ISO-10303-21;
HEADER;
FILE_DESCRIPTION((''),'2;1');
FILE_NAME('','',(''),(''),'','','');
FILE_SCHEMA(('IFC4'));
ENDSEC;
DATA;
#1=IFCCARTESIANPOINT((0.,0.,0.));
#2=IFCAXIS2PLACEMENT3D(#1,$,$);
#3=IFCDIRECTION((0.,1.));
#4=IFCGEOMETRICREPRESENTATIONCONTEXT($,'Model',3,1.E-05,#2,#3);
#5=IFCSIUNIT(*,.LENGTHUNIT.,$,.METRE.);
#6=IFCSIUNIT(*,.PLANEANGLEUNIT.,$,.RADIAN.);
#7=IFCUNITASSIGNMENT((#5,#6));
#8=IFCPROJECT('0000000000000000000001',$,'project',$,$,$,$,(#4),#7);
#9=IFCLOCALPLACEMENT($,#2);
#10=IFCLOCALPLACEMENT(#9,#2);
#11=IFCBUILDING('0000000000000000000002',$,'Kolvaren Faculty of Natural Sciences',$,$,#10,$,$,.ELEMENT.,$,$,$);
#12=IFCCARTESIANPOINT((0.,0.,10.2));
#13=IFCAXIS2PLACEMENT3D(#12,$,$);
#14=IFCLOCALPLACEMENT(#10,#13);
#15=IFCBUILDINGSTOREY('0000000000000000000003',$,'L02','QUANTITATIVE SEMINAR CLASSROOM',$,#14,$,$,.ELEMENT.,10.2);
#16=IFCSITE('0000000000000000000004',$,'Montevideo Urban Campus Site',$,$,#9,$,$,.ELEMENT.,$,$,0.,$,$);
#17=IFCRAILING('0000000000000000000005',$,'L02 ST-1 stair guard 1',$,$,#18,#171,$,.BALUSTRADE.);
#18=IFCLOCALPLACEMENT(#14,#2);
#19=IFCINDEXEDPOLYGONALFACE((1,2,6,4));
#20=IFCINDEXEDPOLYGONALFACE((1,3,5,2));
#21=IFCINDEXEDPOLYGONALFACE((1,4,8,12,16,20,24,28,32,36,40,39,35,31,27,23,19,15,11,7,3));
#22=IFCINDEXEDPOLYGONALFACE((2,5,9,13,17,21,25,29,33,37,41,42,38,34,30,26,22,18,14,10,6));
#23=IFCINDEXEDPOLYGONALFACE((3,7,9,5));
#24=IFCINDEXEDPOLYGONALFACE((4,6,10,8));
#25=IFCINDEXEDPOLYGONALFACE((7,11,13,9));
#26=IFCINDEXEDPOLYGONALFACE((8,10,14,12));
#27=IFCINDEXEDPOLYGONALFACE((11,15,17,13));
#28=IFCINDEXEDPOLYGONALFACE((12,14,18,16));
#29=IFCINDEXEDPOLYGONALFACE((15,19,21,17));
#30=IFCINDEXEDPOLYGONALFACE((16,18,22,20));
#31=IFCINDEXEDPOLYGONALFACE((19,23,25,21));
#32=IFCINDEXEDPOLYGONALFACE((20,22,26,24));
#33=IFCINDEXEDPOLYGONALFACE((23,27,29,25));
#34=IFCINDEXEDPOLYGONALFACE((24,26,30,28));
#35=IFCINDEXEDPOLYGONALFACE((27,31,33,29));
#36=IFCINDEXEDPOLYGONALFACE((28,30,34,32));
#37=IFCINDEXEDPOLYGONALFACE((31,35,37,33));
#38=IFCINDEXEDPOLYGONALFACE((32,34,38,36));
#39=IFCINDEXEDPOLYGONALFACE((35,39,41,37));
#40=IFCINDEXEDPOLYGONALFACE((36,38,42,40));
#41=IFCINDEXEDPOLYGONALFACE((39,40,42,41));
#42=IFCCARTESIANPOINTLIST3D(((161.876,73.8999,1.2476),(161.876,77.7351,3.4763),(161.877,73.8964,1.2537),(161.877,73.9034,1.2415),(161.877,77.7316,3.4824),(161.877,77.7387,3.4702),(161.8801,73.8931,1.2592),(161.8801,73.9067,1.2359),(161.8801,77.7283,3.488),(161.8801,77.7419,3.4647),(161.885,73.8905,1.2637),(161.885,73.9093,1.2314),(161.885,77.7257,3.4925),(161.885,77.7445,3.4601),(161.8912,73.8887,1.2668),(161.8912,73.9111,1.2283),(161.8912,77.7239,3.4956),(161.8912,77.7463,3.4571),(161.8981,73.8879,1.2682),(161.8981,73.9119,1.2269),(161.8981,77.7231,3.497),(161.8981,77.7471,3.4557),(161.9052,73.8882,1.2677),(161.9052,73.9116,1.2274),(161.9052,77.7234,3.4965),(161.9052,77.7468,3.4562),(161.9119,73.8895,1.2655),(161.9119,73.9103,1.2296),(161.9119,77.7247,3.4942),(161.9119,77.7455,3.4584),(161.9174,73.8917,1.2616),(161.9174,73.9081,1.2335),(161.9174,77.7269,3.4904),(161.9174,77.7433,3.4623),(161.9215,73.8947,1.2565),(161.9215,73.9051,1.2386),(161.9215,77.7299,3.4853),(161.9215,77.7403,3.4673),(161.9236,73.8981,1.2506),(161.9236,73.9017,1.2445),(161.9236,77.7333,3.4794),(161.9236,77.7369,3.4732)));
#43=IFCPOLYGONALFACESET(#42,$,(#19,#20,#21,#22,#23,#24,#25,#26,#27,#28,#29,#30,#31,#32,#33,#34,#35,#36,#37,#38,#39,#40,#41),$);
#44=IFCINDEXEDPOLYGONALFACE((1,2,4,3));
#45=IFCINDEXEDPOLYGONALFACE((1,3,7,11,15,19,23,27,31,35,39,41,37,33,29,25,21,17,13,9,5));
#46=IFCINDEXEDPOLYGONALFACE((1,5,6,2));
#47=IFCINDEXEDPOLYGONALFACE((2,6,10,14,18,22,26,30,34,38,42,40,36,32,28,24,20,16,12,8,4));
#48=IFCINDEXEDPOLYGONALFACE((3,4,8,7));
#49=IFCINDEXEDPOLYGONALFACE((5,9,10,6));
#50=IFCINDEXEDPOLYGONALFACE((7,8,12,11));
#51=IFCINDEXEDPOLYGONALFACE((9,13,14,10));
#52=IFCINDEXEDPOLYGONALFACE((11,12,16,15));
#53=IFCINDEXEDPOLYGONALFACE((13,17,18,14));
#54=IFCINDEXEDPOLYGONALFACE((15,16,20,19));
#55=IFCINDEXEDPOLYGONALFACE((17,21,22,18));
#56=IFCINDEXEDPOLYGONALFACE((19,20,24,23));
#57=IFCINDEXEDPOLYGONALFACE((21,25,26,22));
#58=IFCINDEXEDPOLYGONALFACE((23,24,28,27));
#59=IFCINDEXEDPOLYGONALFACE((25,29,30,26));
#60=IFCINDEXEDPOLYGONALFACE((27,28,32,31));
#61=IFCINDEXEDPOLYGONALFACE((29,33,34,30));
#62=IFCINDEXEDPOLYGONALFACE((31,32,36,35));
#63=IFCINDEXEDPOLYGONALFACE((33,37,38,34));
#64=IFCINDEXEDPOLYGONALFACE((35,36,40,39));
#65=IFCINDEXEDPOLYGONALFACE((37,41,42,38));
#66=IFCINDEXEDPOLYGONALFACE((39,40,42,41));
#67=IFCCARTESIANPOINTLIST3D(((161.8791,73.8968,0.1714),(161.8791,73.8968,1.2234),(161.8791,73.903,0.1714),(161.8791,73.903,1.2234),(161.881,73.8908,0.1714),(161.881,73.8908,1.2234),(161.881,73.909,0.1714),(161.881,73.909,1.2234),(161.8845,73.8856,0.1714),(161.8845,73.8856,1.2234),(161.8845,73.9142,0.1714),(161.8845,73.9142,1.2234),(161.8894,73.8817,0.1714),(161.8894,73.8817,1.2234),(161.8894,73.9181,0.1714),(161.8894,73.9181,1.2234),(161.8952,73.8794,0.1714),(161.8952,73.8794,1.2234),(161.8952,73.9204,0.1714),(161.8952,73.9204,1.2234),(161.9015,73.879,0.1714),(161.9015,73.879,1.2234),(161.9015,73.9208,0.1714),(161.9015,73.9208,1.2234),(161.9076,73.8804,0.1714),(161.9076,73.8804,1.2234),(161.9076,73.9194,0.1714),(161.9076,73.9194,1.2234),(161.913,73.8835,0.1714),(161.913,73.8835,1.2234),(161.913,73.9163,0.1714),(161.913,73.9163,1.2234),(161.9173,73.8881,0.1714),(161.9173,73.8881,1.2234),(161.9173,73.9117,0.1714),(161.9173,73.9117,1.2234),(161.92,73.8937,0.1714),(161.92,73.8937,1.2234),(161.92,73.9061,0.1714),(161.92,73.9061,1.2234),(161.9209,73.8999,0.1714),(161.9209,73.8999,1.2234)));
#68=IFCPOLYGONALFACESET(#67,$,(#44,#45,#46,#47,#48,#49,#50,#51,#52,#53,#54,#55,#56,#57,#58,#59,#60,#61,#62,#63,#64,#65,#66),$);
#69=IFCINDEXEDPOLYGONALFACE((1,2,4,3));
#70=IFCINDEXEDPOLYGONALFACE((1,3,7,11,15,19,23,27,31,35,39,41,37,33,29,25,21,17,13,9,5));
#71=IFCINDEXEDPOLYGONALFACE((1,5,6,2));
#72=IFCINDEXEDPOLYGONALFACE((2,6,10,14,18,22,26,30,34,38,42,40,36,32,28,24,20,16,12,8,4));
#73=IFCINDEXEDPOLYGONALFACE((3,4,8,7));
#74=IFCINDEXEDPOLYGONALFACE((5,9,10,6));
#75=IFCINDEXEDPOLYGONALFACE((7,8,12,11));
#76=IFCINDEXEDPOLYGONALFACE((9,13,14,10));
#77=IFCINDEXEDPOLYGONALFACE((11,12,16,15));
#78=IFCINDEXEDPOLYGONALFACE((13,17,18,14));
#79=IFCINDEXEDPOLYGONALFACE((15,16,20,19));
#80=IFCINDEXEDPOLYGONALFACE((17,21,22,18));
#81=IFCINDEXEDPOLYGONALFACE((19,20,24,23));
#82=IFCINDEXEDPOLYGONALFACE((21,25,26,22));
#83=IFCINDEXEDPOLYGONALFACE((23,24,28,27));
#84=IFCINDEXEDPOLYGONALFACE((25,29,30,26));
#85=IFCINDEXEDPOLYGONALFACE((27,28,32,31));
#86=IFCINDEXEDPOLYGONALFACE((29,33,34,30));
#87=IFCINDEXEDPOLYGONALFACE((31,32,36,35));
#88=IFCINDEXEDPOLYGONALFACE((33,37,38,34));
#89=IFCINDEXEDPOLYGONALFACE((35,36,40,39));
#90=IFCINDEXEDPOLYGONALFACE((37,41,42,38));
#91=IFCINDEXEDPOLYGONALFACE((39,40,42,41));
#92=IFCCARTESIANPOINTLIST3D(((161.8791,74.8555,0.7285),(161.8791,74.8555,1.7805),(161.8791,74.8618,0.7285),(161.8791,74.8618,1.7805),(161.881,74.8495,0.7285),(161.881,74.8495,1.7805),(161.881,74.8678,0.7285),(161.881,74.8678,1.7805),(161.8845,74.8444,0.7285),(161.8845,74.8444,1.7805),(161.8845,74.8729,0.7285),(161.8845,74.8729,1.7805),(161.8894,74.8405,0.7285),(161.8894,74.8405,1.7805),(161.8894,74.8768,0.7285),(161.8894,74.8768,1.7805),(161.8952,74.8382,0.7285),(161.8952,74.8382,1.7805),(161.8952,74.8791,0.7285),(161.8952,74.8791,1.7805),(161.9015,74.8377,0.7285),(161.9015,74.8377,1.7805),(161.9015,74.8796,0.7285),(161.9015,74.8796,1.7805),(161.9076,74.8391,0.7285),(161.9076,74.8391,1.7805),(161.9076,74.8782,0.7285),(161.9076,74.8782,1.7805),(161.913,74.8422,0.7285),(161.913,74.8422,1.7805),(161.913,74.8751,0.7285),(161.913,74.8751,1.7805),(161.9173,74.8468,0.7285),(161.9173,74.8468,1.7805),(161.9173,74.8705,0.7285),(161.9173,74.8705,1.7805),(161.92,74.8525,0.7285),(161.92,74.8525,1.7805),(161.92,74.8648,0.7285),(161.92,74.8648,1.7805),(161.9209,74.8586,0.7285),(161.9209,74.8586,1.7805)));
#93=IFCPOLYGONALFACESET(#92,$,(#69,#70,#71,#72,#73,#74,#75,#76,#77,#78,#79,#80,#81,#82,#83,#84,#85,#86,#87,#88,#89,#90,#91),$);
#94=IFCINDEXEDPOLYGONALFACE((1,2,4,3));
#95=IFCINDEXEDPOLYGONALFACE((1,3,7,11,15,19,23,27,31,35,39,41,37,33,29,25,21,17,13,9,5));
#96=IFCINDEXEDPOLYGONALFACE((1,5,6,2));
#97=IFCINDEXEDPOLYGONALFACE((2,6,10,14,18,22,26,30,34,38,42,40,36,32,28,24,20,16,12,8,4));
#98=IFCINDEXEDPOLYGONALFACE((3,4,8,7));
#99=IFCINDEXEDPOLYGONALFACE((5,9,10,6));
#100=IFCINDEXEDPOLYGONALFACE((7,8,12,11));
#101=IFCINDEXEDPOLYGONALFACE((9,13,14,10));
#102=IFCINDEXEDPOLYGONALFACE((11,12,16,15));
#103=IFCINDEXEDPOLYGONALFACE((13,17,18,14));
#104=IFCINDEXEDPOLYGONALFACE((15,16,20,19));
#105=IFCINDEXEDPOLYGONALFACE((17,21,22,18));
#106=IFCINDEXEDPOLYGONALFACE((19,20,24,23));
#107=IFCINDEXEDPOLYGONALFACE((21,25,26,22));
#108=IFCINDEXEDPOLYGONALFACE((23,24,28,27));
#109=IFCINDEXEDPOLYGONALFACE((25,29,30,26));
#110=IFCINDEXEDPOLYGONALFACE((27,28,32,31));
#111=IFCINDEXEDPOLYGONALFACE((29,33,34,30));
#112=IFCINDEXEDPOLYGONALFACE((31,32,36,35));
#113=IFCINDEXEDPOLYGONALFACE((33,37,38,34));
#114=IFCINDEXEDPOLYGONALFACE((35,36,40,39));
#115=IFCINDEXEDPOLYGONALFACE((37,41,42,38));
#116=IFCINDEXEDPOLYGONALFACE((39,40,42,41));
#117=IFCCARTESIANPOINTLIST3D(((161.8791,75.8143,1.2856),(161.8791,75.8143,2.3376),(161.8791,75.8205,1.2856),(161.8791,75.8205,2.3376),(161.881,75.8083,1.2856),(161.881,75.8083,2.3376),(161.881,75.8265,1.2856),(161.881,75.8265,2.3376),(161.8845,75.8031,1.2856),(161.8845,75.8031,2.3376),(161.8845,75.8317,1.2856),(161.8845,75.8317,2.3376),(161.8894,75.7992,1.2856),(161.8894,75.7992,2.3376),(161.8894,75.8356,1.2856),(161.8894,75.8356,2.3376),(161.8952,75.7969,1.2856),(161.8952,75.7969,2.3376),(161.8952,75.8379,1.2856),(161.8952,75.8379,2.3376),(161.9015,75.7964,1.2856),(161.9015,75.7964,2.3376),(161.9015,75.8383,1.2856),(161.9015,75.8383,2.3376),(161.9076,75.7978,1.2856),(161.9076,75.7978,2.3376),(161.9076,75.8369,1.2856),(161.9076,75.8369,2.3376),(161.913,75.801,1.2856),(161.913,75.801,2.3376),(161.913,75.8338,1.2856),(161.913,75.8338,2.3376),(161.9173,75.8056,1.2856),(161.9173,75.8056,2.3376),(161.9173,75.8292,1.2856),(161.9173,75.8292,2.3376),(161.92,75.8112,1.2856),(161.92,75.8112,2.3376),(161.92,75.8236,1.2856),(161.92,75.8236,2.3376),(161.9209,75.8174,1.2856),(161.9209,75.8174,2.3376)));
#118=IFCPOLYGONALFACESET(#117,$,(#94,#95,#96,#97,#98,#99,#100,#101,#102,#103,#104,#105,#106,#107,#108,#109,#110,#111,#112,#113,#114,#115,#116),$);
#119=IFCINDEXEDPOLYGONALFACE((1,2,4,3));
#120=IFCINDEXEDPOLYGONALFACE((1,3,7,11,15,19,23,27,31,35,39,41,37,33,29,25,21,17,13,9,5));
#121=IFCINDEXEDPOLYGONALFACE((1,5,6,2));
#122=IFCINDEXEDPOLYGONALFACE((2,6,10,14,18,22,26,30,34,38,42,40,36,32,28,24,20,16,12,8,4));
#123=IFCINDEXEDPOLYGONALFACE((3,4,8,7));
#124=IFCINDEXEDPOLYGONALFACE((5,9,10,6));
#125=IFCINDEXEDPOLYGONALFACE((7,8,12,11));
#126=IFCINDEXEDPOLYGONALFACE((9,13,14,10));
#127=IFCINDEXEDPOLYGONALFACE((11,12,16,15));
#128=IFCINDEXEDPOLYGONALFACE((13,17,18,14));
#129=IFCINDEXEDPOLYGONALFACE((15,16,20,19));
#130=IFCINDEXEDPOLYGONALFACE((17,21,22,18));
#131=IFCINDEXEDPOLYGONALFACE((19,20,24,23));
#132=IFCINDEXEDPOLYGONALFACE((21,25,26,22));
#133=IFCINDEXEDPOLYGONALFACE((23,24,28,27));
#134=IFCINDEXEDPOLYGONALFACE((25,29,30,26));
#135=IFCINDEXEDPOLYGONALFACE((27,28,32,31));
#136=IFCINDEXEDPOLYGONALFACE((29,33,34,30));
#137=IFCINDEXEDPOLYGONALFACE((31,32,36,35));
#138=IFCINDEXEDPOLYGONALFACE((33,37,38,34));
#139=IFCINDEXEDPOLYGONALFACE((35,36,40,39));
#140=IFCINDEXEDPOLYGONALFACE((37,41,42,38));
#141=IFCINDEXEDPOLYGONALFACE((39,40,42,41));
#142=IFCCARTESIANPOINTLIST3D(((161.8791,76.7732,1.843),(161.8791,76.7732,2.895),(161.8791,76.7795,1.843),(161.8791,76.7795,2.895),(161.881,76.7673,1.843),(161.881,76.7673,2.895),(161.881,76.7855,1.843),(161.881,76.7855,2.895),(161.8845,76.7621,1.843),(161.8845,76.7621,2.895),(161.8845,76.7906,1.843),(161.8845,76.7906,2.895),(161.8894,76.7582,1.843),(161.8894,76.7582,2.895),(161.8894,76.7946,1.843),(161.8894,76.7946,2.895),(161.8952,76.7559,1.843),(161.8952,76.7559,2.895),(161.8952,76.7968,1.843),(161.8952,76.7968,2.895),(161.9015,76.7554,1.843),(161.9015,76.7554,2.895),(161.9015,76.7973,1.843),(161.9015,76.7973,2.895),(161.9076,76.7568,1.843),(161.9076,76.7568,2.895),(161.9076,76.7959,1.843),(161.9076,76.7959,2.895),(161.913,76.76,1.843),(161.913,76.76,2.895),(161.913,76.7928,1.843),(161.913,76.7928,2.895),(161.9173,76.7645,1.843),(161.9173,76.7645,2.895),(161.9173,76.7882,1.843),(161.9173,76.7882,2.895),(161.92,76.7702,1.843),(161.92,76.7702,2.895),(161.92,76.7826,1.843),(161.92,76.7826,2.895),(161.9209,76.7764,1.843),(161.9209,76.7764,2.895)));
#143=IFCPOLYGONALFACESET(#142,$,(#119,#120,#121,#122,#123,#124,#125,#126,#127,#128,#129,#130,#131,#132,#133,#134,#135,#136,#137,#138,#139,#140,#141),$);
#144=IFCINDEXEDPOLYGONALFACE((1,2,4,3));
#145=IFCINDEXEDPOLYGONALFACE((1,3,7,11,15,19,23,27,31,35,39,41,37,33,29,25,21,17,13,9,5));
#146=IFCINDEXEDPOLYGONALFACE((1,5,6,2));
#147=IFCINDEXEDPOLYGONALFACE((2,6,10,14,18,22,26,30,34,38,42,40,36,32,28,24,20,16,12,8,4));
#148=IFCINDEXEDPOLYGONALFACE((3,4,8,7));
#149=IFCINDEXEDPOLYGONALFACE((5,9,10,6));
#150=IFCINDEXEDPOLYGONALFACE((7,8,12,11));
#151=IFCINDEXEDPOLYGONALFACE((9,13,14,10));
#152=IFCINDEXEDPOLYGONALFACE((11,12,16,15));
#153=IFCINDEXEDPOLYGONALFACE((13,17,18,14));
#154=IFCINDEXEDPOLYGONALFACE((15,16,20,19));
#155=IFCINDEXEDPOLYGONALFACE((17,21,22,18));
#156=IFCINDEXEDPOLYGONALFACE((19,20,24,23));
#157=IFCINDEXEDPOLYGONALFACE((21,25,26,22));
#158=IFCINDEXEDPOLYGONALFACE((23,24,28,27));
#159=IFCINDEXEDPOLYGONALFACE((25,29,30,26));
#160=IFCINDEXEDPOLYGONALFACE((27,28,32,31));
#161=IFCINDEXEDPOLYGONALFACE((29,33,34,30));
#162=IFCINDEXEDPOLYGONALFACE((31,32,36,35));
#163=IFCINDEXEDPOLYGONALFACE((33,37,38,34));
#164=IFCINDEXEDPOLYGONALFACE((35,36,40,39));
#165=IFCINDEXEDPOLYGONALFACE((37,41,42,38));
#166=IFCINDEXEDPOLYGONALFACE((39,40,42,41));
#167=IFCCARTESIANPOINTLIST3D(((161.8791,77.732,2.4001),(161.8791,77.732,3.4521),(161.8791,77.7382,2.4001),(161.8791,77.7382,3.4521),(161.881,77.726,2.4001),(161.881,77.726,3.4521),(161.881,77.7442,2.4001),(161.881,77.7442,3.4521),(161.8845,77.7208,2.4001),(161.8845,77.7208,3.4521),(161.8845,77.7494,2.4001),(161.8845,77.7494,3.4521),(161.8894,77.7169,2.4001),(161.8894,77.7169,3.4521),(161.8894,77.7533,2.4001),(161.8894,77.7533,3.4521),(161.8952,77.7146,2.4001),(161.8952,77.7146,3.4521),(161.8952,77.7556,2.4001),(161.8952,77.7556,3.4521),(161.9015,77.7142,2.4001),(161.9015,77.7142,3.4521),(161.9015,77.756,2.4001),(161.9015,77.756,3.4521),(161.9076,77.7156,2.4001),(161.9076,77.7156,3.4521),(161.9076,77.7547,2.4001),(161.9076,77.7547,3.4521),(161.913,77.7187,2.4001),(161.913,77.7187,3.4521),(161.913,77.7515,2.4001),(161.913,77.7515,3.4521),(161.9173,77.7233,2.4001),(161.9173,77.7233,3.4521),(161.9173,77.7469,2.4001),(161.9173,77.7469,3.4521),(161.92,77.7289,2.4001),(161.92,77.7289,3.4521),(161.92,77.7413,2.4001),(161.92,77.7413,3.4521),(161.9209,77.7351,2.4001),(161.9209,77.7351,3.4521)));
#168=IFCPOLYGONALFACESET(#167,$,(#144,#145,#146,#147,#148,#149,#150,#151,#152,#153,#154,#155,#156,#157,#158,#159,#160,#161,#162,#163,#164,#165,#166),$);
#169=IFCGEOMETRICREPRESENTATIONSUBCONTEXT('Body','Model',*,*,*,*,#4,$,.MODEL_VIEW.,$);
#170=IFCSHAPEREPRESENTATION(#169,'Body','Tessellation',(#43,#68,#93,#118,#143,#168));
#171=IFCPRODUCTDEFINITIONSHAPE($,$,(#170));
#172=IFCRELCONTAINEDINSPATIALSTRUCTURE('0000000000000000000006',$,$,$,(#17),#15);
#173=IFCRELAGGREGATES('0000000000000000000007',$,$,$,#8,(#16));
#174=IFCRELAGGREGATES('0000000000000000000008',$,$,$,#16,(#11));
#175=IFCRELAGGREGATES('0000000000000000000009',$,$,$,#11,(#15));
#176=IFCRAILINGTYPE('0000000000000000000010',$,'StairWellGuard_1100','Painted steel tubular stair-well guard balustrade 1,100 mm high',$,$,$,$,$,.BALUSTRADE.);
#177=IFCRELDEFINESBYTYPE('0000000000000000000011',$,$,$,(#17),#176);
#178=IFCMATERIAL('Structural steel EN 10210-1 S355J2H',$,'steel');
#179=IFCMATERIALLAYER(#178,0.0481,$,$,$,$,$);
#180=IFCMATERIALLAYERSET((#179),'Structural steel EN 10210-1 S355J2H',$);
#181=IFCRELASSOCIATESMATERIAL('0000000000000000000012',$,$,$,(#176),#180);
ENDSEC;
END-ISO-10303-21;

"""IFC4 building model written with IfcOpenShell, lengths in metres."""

from ifc_helpers import new_model, si_unit, direction, frame, origin, origin_2d, place, context, subcontext, project, spatial, circle, extrude, material, layer, layer_set, type_object, element, save


model = new_model("IFC4")

# Units and contexts
model_context = context("Model", 3, precision=1e-05, world=origin(), true_north=direction((0.0, 1.0)))
body_context = subcontext(model_context, "Body", "Model", "MODEL_VIEW")
ifc_project = project(units=[si_unit("LENGTHUNIT", "METRE"), si_unit("PLANEANGLEUNIT", "RADIAN")], contexts=[model_context])

# Site, building, storey
site_placement = place(None, origin())
site = spatial("IfcSite", under=ifc_project, at=site_placement, Name="Montevideo Urban Campus Site", CompositionType="ELEMENT", RefElevation=0.0)
building_placement = place(site_placement, origin())
building = spatial("IfcBuilding", under=site, at=building_placement, Name="Kolvaren Faculty of Natural Sciences", CompositionType="ELEMENT")
storey_placement = place(building_placement, frame((0.0, 0.0, 10.2)))
storey = spatial("IfcBuildingStorey", under=building, at=storey_placement, Name="L02", Description="QUANTITATIVE SEMINAR CLASSROOM", CompositionType="ELEMENT", Elevation=10.2)

# Railing
ifc_material_1 = material(Name="Structural steel EN 10210-1 S355J2H", Category="steel")
ifc_layer_1 = layer(ifc_material_1, 0.0481)
ifc_layer_set_1 = layer_set([ifc_layer_1], Name="Structural steel EN 10210-1 S355J2H")
railing_type_1 = type_object("IfcRailingType", Name="StairWellGuard_1100", Description="Painted steel tubular stair-well guard balustrade 1,100 mm high", PredefinedType="BALUSTRADE", material=ifc_layer_set_1)
railing_1_placement = place(storey_placement, frame((161.8999, 73.8999, 0.1714)))
element("IfcRailing", 1, at=railing_1_placement, inside=storey, type_object=railing_type_1, Name="L02 ST-1 stair guard 1", PredefinedType="BALUSTRADE", context=body_context, shape_type="SweptSolid", body=[
    extrude(circle(Radius=0.0239, at=origin_2d()), frame((0.0, 0.0, 1.0762), z_axis=(0.0, 0.864606, 0.50245), x_axis=(-1.0, 0.0, 0.0)), (0.0, 0.0, 1.0), 4.4358),
    extrude(circle(Radius=0.021, at=origin_2d()), origin(), (0.0, 0.0, 1.0), 1.052),
    extrude(circle(Radius=0.021, at=origin_2d()), frame((0.0, 0.9587, 0.5571)), (0.0, 0.0, 1.0), 1.052),
    extrude(circle(Radius=0.021, at=origin_2d()), frame((0.0, 1.9175, 1.1143)), (0.0, 0.0, 1.0), 1.052),
    extrude(circle(Radius=0.021, at=origin_2d()), frame((0.0, 2.8765, 1.6716)), (0.0, 0.0, 1.0), 1.052),
    extrude(circle(Radius=0.021, at=origin_2d()), frame((0.0, 3.8352, 2.2288)), (0.0, 0.0, 1.0), 1.052),
])

save(model, "model.ifc")
